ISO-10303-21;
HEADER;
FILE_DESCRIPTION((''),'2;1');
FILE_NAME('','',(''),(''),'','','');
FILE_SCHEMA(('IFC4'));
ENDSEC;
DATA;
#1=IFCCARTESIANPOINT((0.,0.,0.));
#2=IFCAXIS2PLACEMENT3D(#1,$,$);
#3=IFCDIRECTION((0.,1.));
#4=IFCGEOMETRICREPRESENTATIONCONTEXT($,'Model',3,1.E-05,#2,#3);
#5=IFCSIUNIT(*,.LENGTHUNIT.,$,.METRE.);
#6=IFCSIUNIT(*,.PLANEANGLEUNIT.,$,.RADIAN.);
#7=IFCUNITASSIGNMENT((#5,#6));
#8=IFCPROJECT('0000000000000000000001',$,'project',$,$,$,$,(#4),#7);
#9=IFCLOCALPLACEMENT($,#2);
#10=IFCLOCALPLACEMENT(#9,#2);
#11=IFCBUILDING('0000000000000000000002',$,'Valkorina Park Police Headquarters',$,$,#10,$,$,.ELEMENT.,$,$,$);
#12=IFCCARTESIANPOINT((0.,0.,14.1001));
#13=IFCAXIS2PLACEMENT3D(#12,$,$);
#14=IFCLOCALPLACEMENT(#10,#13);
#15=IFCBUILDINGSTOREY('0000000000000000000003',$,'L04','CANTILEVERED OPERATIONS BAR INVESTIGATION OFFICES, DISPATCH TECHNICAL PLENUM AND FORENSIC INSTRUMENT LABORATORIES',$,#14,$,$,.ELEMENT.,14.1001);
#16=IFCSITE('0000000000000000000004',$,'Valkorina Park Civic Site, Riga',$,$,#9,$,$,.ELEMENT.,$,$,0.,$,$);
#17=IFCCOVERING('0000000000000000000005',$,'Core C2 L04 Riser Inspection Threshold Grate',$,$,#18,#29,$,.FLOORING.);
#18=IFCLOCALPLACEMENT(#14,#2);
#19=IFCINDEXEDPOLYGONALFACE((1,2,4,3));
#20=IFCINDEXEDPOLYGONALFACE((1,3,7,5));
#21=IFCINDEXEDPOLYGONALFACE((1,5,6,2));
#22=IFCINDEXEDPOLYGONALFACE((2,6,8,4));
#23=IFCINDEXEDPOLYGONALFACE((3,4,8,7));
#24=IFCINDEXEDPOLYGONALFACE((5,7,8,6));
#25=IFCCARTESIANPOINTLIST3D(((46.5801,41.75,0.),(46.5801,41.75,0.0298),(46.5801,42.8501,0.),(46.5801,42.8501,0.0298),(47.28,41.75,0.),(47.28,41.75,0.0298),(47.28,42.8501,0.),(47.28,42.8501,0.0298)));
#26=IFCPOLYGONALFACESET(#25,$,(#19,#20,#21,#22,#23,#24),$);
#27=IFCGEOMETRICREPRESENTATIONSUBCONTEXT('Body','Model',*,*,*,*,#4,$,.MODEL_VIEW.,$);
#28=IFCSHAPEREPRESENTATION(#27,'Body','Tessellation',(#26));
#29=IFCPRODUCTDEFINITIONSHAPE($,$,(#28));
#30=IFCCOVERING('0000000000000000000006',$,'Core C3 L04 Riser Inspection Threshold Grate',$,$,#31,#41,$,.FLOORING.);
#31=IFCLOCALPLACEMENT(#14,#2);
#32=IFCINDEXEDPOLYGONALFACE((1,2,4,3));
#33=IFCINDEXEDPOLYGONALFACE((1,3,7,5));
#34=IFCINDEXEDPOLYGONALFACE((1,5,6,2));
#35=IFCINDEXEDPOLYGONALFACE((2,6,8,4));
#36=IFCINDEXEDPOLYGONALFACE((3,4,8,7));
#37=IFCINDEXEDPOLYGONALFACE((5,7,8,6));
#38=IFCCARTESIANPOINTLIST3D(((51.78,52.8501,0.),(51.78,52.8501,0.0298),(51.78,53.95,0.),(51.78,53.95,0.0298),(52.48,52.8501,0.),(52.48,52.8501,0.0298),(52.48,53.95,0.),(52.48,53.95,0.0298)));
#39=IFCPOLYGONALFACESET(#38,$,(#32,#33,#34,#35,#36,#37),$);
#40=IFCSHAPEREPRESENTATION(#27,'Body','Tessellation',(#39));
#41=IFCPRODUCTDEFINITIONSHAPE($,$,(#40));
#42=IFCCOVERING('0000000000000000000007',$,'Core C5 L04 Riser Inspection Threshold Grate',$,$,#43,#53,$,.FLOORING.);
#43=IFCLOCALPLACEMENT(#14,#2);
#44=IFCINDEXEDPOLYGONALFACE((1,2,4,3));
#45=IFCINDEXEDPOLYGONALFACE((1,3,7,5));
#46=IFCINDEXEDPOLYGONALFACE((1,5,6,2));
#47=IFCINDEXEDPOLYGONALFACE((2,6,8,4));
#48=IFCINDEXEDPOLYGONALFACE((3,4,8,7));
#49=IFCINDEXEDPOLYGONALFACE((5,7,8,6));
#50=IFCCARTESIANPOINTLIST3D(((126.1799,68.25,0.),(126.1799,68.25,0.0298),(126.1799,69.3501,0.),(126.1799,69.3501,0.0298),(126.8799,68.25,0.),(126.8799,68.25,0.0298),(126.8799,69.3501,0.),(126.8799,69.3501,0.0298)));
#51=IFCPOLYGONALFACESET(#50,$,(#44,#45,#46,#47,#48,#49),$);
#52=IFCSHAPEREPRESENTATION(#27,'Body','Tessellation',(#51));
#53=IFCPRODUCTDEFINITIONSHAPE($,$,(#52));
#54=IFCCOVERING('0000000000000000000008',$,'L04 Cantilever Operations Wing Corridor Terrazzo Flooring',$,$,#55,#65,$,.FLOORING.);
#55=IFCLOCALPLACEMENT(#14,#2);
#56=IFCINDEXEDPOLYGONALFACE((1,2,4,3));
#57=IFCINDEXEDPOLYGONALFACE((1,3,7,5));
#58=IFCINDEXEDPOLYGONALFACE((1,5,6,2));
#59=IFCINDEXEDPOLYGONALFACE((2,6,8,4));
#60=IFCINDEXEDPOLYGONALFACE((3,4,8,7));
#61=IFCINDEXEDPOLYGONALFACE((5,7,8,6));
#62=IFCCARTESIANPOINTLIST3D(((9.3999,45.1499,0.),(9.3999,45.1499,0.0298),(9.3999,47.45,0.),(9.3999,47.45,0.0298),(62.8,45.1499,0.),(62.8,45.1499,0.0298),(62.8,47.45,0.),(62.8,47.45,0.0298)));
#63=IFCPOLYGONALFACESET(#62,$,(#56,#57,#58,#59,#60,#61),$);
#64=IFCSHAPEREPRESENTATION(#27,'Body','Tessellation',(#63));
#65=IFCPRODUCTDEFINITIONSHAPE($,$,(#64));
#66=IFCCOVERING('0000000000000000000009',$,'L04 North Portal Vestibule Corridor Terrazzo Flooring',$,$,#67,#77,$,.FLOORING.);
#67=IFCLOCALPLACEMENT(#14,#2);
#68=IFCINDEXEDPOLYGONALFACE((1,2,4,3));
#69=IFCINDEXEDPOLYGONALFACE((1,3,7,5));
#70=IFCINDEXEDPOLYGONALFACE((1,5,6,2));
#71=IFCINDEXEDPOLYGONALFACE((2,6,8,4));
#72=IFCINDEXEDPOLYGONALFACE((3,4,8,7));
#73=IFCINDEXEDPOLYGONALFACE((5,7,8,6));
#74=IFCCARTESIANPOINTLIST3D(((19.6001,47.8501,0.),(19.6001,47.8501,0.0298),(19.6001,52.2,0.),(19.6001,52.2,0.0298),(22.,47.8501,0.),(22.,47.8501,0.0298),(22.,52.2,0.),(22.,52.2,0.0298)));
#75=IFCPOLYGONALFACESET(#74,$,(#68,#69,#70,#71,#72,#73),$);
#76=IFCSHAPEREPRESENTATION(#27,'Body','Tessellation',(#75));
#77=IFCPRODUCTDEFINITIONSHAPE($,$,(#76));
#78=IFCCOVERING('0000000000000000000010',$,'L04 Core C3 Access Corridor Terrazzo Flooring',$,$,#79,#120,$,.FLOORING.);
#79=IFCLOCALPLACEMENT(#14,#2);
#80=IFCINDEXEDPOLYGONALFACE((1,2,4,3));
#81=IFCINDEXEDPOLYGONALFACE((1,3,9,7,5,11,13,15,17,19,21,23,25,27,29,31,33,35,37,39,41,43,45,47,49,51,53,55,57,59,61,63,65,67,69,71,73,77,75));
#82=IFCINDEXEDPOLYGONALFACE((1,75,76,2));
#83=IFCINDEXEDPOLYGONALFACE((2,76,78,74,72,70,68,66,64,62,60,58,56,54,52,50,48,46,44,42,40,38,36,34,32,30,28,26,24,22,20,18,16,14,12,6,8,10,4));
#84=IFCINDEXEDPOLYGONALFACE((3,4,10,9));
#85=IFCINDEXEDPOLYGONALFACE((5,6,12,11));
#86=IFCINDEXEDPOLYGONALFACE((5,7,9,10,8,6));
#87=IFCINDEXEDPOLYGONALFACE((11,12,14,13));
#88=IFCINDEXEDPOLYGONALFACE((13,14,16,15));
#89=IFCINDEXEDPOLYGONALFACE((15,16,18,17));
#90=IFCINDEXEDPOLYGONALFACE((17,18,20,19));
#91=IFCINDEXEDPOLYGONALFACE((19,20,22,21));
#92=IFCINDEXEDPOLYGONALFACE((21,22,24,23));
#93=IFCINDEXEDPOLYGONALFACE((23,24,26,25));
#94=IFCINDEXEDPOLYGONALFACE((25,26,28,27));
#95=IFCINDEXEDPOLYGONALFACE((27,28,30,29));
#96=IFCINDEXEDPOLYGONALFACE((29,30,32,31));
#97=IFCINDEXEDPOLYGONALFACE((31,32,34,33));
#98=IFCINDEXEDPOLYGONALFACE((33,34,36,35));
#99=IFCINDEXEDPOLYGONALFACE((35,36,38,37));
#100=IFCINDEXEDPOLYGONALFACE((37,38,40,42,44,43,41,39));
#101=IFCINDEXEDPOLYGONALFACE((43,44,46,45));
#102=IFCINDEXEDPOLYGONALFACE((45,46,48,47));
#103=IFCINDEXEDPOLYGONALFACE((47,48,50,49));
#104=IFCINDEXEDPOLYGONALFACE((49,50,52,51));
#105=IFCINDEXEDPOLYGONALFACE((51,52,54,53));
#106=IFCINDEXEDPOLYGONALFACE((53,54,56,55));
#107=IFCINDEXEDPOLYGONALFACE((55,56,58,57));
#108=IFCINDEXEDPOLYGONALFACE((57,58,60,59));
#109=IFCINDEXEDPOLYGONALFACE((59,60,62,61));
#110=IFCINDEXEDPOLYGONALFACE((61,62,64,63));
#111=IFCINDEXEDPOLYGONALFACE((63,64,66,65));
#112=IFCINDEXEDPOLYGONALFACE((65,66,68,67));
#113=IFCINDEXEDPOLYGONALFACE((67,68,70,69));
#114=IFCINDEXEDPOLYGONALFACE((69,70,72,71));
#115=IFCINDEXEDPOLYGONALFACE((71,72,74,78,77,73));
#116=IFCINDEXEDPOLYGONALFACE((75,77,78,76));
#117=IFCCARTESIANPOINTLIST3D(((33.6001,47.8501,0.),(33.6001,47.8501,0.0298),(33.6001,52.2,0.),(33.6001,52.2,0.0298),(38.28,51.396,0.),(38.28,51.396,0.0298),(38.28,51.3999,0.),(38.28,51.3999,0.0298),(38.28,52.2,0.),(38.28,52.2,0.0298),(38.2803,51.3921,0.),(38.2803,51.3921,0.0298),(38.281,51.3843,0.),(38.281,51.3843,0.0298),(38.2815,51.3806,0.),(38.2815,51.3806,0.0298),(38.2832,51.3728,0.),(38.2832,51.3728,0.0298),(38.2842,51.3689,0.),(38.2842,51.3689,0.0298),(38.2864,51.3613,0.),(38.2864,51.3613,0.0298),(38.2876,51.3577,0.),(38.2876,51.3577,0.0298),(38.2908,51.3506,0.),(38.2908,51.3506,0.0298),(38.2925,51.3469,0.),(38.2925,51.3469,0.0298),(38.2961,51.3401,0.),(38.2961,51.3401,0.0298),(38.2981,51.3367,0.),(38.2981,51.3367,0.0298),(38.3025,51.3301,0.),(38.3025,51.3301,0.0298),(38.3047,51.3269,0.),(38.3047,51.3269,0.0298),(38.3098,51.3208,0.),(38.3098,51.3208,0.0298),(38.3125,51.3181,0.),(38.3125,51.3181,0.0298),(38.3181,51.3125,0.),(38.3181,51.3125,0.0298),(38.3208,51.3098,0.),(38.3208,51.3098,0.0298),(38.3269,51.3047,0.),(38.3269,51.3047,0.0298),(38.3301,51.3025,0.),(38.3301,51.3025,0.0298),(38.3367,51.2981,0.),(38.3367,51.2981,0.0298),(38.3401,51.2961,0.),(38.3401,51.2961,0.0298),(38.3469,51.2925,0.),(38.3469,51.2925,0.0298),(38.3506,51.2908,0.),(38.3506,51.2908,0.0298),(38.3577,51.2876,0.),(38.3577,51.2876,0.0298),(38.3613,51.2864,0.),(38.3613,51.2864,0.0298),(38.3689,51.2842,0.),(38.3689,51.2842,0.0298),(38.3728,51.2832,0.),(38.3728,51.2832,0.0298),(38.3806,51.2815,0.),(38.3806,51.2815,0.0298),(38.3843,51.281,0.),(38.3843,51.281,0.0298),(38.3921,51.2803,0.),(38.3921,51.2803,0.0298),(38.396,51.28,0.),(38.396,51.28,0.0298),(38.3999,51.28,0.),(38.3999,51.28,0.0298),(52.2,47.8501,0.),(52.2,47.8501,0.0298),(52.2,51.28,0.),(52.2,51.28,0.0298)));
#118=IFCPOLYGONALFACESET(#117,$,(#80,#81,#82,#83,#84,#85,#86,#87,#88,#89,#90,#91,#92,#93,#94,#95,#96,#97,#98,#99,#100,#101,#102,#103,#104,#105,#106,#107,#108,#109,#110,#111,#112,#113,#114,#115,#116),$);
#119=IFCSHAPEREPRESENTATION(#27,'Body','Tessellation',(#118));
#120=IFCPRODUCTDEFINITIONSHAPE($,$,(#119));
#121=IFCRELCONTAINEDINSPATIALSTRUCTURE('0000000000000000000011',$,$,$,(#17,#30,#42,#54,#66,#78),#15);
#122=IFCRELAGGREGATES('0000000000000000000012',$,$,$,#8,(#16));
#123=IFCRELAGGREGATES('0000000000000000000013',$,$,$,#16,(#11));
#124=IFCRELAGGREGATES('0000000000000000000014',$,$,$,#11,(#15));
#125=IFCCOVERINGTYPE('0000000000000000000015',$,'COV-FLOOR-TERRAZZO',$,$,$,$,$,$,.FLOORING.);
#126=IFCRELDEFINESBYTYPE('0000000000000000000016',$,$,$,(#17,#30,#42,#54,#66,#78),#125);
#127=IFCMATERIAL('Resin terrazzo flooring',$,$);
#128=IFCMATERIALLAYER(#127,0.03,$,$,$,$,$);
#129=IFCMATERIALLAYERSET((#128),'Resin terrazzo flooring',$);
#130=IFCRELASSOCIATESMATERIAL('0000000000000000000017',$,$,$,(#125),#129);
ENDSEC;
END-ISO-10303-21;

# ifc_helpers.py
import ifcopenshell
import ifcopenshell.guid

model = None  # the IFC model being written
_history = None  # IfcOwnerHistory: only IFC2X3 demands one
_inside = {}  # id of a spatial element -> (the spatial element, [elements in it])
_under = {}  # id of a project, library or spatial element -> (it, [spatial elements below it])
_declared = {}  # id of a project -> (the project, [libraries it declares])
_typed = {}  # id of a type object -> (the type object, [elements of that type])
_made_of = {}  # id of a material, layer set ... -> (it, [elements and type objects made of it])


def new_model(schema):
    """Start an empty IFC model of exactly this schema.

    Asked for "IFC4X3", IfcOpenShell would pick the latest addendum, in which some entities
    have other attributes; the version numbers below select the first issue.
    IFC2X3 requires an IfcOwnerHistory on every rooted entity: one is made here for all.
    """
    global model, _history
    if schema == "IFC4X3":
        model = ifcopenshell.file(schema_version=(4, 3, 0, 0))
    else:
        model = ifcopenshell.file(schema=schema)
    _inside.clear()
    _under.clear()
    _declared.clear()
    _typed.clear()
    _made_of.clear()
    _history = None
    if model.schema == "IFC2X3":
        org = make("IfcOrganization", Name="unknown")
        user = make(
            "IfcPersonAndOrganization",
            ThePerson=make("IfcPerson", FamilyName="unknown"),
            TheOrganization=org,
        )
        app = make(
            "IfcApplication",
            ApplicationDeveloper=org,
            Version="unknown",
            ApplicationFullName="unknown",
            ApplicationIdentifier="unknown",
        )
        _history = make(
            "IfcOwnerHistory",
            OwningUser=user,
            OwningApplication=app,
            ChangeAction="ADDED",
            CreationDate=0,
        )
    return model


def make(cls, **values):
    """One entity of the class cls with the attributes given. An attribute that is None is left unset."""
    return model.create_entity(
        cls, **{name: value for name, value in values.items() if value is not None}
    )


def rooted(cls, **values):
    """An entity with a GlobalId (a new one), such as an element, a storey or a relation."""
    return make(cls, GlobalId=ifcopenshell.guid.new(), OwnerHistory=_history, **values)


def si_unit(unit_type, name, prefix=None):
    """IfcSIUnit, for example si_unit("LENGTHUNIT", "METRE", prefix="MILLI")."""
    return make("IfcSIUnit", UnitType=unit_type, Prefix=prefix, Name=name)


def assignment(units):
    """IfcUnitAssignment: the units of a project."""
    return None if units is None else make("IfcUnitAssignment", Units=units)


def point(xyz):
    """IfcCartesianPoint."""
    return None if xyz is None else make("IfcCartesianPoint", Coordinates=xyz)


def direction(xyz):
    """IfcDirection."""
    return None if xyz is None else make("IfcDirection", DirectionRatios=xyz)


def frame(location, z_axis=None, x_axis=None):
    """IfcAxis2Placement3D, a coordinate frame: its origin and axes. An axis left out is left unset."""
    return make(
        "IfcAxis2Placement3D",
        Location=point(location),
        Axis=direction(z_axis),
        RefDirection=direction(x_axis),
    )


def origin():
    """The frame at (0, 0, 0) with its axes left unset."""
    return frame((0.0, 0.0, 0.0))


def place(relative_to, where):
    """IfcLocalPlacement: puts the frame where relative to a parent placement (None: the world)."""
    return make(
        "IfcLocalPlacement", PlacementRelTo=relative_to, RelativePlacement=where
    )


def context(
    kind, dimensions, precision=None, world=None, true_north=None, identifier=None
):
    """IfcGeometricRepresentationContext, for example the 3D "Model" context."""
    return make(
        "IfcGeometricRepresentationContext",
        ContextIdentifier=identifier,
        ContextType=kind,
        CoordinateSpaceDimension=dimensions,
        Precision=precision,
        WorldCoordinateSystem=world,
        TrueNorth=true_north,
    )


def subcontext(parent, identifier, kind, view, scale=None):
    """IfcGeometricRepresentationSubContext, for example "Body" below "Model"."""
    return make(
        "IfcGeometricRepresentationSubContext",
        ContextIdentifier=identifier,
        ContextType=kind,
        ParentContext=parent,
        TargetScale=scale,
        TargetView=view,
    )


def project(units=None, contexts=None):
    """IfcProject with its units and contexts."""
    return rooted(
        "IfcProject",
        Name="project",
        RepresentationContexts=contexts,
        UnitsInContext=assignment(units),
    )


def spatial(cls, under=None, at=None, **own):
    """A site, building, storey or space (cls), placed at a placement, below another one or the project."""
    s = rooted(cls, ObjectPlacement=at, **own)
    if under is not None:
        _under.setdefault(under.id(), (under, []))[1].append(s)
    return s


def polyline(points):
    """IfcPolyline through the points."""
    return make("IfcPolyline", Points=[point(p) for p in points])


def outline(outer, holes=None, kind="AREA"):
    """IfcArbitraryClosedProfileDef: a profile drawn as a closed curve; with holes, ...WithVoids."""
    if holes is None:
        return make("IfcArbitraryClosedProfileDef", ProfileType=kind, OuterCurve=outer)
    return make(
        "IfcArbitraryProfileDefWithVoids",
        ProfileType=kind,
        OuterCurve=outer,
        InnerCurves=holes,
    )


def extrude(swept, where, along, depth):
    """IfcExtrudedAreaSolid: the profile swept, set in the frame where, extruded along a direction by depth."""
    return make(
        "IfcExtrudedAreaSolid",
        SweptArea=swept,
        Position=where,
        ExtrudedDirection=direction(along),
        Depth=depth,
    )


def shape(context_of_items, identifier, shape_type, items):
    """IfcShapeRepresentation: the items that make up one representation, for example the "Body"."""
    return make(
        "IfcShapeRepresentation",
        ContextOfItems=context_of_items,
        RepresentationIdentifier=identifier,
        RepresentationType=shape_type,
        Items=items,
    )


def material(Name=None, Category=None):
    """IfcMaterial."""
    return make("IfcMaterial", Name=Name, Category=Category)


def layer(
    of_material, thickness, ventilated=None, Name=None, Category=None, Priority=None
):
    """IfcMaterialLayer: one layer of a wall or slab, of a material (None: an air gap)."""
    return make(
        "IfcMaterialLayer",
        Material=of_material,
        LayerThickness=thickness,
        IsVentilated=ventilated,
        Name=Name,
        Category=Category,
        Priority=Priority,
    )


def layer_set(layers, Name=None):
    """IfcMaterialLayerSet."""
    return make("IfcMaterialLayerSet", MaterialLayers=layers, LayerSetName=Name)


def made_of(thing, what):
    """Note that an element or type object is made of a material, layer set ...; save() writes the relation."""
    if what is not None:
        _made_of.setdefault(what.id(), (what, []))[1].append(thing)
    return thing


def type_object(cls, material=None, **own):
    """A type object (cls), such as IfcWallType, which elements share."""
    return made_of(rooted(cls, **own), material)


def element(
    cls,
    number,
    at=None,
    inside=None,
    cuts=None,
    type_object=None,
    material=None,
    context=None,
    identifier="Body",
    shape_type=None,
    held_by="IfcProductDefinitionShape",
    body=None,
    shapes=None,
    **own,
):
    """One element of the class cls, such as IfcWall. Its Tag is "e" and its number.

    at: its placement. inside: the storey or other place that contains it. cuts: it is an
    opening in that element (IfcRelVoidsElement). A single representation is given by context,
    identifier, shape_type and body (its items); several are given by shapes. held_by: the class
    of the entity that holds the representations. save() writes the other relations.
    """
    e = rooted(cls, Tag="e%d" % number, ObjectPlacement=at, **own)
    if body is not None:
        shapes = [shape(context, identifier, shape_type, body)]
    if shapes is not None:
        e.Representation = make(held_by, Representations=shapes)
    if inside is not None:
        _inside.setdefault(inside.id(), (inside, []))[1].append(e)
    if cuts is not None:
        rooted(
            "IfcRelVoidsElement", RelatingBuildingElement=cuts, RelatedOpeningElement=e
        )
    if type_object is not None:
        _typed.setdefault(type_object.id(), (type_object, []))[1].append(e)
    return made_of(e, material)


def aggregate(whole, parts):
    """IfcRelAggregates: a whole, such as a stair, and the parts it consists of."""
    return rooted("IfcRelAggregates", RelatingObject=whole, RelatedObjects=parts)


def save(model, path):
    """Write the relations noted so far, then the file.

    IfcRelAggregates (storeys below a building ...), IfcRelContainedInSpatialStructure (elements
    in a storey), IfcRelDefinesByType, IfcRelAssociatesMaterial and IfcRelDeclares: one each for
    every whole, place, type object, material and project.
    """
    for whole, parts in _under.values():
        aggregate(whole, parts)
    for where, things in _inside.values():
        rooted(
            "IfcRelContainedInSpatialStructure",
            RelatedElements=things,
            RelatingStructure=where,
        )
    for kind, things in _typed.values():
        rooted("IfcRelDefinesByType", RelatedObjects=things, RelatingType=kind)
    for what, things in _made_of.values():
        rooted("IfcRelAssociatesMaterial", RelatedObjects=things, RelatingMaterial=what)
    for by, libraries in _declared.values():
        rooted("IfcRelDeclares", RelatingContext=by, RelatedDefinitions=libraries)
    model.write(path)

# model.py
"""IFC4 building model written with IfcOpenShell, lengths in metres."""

from ifc_helpers import new_model, si_unit, direction, frame, origin, place, context, subcontext, project, spatial, polyline, outline, extrude, material, layer, layer_set, type_object, element, save


model = new_model("IFC4")

# Units and contexts
model_context = context("Model", 3, precision=1e-05, world=origin(), true_north=direction((0.0, 1.0)))
body_context = subcontext(model_context, "Body", "Model", "MODEL_VIEW")
ifc_project = project(units=[si_unit("LENGTHUNIT", "METRE"), si_unit("PLANEANGLEUNIT", "RADIAN")], contexts=[model_context])

# Site, building, storey
site_placement = place(None, origin())
site = spatial("IfcSite", under=ifc_project, at=site_placement, Name="Valkorina Park Civic Site, Riga", CompositionType="ELEMENT", RefElevation=0.0)
building_placement = place(site_placement, origin())
building = spatial("IfcBuilding", under=site, at=building_placement, Name="Valkorina Park Police Headquarters", CompositionType="ELEMENT")
storey_placement = place(building_placement, frame((0.0, 0.0, 14.1001)))
storey = spatial("IfcBuildingStorey", under=building, at=storey_placement, Name="L04", Description="CANTILEVERED OPERATIONS BAR INVESTIGATION OFFICES, DISPATCH TECHNICAL PLENUM AND FORENSIC INSTRUMENT LABORATORIES", CompositionType="ELEMENT", Elevation=14.1001)

# Coverings
ifc_material_1 = material(Name="Resin terrazzo flooring")
ifc_layer_1 = layer(ifc_material_1, 0.03)
ifc_layer_set_1 = layer_set([ifc_layer_1], Name="Resin terrazzo flooring")
covering_type_1 = type_object("IfcCoveringType", Name="COV-FLOOR-TERRAZZO", PredefinedType="FLOORING", material=ifc_layer_set_1)
covering_1_placement = place(storey_placement, origin())
element("IfcCovering", 1, at=covering_1_placement, inside=storey, type_object=covering_type_1, Name="Core C2 L04 Riser Inspection Threshold Grate", PredefinedType="FLOORING", context=body_context, shape_type="SweptSolid", body=[
    extrude(outline(polyline([(47.28, 41.75), (47.28, 42.8501), (46.5801, 42.8501), (46.5801, 41.75), (47.28, 41.75)])), origin(), (0.0, 0.0, 1.0), 0.0298),
])
covering_2_placement = place(storey_placement, origin())
element("IfcCovering", 2, at=covering_2_placement, inside=storey, type_object=covering_type_1, Name="Core C3 L04 Riser Inspection Threshold Grate", PredefinedType="FLOORING", context=body_context, shape_type="SweptSolid", body=[
    extrude(outline(polyline([(52.48, 52.8501), (52.48, 53.95), (51.78, 53.95), (51.78, 52.8501), (52.48, 52.8501)])), origin(), (0.0, 0.0, 1.0), 0.0298),
])
covering_3_placement = place(storey_placement, origin())
element("IfcCovering", 3, at=covering_3_placement, inside=storey, type_object=covering_type_1, Name="Core C5 L04 Riser Inspection Threshold Grate", PredefinedType="FLOORING", context=body_context, shape_type="SweptSolid", body=[
    extrude(outline(polyline([(126.8799, 68.25), (126.8799, 69.3501), (126.1799, 69.3501), (126.1799, 68.25), (126.8799, 68.25)])), origin(), (0.0, 0.0, 1.0), 0.0298),
])
covering_4_placement = place(storey_placement, origin())
element("IfcCovering", 4, at=covering_4_placement, inside=storey, type_object=covering_type_1, Name="L04 Cantilever Operations Wing Corridor Terrazzo Flooring", PredefinedType="FLOORING", context=body_context, shape_type="SweptSolid", body=[
    extrude(outline(polyline([(62.8, 47.45), (9.3999, 47.45), (9.3999, 45.1499), (62.8, 45.1499), (62.8, 47.45)])), origin(), (0.0, 0.0, 1.0), 0.0298),
])
covering_5_placement = place(storey_placement, origin())
element("IfcCovering", 5, at=covering_5_placement, inside=storey, type_object=covering_type_1, Name="L04 North Portal Vestibule Corridor Terrazzo Flooring", PredefinedType="FLOORING", context=body_context, shape_type="SweptSolid", body=[
    extrude(outline(polyline([(22.0, 52.2), (19.6001, 52.2), (19.6001, 47.8501), (22.0, 47.8501), (22.0, 52.2)])), origin(), (0.0, 0.0, 1.0), 0.0298),
])
covering_6_placement = place(storey_placement, origin())
element("IfcCovering", 6, at=covering_6_placement, inside=storey, type_object=covering_type_1, Name="L04 Core C3 Access Corridor Terrazzo Flooring", PredefinedType="FLOORING", context=body_context, shape_type="SweptSolid", body=[
    extrude(outline(polyline([(38.28, 52.2), (33.6001, 52.2), (33.6001, 47.8501), (52.2, 47.8501), (52.2, 51.28), (38.3999, 51.28), (38.396, 51.28), (38.3921, 51.2803), (38.3843, 51.281), (38.3806, 51.2815), (38.3728, 51.2832), (38.3689, 51.2842), (38.3613, 51.2864), (38.3577, 51.2876), (38.3506, 51.2908), (38.3469, 51.2925), (38.3401, 51.2961), (38.3367, 51.2981), (38.3301, 51.3025), (38.3269, 51.3047), (38.3208, 51.3098), (38.3181, 51.3125), (38.3125, 51.3181), (38.3098, 51.3208), (38.3047, 51.3269), (38.3025, 51.3301), (38.2981, 51.3367), (38.2961, 51.3401), (38.2925, 51.3469), (38.2908, 51.3506), (38.2876, 51.3577), (38.2864, 51.3613), (38.2842, 51.3689), (38.2832, 51.3728), (38.2815, 51.3806), (38.281, 51.3843), (38.2803, 51.3921), (38.28, 51.396), (38.28, 51.3999), (38.28, 52.2)])), origin(), (0.0, 0.0, 1.0), 0.0298),
])

save(model, "model.ifc")
